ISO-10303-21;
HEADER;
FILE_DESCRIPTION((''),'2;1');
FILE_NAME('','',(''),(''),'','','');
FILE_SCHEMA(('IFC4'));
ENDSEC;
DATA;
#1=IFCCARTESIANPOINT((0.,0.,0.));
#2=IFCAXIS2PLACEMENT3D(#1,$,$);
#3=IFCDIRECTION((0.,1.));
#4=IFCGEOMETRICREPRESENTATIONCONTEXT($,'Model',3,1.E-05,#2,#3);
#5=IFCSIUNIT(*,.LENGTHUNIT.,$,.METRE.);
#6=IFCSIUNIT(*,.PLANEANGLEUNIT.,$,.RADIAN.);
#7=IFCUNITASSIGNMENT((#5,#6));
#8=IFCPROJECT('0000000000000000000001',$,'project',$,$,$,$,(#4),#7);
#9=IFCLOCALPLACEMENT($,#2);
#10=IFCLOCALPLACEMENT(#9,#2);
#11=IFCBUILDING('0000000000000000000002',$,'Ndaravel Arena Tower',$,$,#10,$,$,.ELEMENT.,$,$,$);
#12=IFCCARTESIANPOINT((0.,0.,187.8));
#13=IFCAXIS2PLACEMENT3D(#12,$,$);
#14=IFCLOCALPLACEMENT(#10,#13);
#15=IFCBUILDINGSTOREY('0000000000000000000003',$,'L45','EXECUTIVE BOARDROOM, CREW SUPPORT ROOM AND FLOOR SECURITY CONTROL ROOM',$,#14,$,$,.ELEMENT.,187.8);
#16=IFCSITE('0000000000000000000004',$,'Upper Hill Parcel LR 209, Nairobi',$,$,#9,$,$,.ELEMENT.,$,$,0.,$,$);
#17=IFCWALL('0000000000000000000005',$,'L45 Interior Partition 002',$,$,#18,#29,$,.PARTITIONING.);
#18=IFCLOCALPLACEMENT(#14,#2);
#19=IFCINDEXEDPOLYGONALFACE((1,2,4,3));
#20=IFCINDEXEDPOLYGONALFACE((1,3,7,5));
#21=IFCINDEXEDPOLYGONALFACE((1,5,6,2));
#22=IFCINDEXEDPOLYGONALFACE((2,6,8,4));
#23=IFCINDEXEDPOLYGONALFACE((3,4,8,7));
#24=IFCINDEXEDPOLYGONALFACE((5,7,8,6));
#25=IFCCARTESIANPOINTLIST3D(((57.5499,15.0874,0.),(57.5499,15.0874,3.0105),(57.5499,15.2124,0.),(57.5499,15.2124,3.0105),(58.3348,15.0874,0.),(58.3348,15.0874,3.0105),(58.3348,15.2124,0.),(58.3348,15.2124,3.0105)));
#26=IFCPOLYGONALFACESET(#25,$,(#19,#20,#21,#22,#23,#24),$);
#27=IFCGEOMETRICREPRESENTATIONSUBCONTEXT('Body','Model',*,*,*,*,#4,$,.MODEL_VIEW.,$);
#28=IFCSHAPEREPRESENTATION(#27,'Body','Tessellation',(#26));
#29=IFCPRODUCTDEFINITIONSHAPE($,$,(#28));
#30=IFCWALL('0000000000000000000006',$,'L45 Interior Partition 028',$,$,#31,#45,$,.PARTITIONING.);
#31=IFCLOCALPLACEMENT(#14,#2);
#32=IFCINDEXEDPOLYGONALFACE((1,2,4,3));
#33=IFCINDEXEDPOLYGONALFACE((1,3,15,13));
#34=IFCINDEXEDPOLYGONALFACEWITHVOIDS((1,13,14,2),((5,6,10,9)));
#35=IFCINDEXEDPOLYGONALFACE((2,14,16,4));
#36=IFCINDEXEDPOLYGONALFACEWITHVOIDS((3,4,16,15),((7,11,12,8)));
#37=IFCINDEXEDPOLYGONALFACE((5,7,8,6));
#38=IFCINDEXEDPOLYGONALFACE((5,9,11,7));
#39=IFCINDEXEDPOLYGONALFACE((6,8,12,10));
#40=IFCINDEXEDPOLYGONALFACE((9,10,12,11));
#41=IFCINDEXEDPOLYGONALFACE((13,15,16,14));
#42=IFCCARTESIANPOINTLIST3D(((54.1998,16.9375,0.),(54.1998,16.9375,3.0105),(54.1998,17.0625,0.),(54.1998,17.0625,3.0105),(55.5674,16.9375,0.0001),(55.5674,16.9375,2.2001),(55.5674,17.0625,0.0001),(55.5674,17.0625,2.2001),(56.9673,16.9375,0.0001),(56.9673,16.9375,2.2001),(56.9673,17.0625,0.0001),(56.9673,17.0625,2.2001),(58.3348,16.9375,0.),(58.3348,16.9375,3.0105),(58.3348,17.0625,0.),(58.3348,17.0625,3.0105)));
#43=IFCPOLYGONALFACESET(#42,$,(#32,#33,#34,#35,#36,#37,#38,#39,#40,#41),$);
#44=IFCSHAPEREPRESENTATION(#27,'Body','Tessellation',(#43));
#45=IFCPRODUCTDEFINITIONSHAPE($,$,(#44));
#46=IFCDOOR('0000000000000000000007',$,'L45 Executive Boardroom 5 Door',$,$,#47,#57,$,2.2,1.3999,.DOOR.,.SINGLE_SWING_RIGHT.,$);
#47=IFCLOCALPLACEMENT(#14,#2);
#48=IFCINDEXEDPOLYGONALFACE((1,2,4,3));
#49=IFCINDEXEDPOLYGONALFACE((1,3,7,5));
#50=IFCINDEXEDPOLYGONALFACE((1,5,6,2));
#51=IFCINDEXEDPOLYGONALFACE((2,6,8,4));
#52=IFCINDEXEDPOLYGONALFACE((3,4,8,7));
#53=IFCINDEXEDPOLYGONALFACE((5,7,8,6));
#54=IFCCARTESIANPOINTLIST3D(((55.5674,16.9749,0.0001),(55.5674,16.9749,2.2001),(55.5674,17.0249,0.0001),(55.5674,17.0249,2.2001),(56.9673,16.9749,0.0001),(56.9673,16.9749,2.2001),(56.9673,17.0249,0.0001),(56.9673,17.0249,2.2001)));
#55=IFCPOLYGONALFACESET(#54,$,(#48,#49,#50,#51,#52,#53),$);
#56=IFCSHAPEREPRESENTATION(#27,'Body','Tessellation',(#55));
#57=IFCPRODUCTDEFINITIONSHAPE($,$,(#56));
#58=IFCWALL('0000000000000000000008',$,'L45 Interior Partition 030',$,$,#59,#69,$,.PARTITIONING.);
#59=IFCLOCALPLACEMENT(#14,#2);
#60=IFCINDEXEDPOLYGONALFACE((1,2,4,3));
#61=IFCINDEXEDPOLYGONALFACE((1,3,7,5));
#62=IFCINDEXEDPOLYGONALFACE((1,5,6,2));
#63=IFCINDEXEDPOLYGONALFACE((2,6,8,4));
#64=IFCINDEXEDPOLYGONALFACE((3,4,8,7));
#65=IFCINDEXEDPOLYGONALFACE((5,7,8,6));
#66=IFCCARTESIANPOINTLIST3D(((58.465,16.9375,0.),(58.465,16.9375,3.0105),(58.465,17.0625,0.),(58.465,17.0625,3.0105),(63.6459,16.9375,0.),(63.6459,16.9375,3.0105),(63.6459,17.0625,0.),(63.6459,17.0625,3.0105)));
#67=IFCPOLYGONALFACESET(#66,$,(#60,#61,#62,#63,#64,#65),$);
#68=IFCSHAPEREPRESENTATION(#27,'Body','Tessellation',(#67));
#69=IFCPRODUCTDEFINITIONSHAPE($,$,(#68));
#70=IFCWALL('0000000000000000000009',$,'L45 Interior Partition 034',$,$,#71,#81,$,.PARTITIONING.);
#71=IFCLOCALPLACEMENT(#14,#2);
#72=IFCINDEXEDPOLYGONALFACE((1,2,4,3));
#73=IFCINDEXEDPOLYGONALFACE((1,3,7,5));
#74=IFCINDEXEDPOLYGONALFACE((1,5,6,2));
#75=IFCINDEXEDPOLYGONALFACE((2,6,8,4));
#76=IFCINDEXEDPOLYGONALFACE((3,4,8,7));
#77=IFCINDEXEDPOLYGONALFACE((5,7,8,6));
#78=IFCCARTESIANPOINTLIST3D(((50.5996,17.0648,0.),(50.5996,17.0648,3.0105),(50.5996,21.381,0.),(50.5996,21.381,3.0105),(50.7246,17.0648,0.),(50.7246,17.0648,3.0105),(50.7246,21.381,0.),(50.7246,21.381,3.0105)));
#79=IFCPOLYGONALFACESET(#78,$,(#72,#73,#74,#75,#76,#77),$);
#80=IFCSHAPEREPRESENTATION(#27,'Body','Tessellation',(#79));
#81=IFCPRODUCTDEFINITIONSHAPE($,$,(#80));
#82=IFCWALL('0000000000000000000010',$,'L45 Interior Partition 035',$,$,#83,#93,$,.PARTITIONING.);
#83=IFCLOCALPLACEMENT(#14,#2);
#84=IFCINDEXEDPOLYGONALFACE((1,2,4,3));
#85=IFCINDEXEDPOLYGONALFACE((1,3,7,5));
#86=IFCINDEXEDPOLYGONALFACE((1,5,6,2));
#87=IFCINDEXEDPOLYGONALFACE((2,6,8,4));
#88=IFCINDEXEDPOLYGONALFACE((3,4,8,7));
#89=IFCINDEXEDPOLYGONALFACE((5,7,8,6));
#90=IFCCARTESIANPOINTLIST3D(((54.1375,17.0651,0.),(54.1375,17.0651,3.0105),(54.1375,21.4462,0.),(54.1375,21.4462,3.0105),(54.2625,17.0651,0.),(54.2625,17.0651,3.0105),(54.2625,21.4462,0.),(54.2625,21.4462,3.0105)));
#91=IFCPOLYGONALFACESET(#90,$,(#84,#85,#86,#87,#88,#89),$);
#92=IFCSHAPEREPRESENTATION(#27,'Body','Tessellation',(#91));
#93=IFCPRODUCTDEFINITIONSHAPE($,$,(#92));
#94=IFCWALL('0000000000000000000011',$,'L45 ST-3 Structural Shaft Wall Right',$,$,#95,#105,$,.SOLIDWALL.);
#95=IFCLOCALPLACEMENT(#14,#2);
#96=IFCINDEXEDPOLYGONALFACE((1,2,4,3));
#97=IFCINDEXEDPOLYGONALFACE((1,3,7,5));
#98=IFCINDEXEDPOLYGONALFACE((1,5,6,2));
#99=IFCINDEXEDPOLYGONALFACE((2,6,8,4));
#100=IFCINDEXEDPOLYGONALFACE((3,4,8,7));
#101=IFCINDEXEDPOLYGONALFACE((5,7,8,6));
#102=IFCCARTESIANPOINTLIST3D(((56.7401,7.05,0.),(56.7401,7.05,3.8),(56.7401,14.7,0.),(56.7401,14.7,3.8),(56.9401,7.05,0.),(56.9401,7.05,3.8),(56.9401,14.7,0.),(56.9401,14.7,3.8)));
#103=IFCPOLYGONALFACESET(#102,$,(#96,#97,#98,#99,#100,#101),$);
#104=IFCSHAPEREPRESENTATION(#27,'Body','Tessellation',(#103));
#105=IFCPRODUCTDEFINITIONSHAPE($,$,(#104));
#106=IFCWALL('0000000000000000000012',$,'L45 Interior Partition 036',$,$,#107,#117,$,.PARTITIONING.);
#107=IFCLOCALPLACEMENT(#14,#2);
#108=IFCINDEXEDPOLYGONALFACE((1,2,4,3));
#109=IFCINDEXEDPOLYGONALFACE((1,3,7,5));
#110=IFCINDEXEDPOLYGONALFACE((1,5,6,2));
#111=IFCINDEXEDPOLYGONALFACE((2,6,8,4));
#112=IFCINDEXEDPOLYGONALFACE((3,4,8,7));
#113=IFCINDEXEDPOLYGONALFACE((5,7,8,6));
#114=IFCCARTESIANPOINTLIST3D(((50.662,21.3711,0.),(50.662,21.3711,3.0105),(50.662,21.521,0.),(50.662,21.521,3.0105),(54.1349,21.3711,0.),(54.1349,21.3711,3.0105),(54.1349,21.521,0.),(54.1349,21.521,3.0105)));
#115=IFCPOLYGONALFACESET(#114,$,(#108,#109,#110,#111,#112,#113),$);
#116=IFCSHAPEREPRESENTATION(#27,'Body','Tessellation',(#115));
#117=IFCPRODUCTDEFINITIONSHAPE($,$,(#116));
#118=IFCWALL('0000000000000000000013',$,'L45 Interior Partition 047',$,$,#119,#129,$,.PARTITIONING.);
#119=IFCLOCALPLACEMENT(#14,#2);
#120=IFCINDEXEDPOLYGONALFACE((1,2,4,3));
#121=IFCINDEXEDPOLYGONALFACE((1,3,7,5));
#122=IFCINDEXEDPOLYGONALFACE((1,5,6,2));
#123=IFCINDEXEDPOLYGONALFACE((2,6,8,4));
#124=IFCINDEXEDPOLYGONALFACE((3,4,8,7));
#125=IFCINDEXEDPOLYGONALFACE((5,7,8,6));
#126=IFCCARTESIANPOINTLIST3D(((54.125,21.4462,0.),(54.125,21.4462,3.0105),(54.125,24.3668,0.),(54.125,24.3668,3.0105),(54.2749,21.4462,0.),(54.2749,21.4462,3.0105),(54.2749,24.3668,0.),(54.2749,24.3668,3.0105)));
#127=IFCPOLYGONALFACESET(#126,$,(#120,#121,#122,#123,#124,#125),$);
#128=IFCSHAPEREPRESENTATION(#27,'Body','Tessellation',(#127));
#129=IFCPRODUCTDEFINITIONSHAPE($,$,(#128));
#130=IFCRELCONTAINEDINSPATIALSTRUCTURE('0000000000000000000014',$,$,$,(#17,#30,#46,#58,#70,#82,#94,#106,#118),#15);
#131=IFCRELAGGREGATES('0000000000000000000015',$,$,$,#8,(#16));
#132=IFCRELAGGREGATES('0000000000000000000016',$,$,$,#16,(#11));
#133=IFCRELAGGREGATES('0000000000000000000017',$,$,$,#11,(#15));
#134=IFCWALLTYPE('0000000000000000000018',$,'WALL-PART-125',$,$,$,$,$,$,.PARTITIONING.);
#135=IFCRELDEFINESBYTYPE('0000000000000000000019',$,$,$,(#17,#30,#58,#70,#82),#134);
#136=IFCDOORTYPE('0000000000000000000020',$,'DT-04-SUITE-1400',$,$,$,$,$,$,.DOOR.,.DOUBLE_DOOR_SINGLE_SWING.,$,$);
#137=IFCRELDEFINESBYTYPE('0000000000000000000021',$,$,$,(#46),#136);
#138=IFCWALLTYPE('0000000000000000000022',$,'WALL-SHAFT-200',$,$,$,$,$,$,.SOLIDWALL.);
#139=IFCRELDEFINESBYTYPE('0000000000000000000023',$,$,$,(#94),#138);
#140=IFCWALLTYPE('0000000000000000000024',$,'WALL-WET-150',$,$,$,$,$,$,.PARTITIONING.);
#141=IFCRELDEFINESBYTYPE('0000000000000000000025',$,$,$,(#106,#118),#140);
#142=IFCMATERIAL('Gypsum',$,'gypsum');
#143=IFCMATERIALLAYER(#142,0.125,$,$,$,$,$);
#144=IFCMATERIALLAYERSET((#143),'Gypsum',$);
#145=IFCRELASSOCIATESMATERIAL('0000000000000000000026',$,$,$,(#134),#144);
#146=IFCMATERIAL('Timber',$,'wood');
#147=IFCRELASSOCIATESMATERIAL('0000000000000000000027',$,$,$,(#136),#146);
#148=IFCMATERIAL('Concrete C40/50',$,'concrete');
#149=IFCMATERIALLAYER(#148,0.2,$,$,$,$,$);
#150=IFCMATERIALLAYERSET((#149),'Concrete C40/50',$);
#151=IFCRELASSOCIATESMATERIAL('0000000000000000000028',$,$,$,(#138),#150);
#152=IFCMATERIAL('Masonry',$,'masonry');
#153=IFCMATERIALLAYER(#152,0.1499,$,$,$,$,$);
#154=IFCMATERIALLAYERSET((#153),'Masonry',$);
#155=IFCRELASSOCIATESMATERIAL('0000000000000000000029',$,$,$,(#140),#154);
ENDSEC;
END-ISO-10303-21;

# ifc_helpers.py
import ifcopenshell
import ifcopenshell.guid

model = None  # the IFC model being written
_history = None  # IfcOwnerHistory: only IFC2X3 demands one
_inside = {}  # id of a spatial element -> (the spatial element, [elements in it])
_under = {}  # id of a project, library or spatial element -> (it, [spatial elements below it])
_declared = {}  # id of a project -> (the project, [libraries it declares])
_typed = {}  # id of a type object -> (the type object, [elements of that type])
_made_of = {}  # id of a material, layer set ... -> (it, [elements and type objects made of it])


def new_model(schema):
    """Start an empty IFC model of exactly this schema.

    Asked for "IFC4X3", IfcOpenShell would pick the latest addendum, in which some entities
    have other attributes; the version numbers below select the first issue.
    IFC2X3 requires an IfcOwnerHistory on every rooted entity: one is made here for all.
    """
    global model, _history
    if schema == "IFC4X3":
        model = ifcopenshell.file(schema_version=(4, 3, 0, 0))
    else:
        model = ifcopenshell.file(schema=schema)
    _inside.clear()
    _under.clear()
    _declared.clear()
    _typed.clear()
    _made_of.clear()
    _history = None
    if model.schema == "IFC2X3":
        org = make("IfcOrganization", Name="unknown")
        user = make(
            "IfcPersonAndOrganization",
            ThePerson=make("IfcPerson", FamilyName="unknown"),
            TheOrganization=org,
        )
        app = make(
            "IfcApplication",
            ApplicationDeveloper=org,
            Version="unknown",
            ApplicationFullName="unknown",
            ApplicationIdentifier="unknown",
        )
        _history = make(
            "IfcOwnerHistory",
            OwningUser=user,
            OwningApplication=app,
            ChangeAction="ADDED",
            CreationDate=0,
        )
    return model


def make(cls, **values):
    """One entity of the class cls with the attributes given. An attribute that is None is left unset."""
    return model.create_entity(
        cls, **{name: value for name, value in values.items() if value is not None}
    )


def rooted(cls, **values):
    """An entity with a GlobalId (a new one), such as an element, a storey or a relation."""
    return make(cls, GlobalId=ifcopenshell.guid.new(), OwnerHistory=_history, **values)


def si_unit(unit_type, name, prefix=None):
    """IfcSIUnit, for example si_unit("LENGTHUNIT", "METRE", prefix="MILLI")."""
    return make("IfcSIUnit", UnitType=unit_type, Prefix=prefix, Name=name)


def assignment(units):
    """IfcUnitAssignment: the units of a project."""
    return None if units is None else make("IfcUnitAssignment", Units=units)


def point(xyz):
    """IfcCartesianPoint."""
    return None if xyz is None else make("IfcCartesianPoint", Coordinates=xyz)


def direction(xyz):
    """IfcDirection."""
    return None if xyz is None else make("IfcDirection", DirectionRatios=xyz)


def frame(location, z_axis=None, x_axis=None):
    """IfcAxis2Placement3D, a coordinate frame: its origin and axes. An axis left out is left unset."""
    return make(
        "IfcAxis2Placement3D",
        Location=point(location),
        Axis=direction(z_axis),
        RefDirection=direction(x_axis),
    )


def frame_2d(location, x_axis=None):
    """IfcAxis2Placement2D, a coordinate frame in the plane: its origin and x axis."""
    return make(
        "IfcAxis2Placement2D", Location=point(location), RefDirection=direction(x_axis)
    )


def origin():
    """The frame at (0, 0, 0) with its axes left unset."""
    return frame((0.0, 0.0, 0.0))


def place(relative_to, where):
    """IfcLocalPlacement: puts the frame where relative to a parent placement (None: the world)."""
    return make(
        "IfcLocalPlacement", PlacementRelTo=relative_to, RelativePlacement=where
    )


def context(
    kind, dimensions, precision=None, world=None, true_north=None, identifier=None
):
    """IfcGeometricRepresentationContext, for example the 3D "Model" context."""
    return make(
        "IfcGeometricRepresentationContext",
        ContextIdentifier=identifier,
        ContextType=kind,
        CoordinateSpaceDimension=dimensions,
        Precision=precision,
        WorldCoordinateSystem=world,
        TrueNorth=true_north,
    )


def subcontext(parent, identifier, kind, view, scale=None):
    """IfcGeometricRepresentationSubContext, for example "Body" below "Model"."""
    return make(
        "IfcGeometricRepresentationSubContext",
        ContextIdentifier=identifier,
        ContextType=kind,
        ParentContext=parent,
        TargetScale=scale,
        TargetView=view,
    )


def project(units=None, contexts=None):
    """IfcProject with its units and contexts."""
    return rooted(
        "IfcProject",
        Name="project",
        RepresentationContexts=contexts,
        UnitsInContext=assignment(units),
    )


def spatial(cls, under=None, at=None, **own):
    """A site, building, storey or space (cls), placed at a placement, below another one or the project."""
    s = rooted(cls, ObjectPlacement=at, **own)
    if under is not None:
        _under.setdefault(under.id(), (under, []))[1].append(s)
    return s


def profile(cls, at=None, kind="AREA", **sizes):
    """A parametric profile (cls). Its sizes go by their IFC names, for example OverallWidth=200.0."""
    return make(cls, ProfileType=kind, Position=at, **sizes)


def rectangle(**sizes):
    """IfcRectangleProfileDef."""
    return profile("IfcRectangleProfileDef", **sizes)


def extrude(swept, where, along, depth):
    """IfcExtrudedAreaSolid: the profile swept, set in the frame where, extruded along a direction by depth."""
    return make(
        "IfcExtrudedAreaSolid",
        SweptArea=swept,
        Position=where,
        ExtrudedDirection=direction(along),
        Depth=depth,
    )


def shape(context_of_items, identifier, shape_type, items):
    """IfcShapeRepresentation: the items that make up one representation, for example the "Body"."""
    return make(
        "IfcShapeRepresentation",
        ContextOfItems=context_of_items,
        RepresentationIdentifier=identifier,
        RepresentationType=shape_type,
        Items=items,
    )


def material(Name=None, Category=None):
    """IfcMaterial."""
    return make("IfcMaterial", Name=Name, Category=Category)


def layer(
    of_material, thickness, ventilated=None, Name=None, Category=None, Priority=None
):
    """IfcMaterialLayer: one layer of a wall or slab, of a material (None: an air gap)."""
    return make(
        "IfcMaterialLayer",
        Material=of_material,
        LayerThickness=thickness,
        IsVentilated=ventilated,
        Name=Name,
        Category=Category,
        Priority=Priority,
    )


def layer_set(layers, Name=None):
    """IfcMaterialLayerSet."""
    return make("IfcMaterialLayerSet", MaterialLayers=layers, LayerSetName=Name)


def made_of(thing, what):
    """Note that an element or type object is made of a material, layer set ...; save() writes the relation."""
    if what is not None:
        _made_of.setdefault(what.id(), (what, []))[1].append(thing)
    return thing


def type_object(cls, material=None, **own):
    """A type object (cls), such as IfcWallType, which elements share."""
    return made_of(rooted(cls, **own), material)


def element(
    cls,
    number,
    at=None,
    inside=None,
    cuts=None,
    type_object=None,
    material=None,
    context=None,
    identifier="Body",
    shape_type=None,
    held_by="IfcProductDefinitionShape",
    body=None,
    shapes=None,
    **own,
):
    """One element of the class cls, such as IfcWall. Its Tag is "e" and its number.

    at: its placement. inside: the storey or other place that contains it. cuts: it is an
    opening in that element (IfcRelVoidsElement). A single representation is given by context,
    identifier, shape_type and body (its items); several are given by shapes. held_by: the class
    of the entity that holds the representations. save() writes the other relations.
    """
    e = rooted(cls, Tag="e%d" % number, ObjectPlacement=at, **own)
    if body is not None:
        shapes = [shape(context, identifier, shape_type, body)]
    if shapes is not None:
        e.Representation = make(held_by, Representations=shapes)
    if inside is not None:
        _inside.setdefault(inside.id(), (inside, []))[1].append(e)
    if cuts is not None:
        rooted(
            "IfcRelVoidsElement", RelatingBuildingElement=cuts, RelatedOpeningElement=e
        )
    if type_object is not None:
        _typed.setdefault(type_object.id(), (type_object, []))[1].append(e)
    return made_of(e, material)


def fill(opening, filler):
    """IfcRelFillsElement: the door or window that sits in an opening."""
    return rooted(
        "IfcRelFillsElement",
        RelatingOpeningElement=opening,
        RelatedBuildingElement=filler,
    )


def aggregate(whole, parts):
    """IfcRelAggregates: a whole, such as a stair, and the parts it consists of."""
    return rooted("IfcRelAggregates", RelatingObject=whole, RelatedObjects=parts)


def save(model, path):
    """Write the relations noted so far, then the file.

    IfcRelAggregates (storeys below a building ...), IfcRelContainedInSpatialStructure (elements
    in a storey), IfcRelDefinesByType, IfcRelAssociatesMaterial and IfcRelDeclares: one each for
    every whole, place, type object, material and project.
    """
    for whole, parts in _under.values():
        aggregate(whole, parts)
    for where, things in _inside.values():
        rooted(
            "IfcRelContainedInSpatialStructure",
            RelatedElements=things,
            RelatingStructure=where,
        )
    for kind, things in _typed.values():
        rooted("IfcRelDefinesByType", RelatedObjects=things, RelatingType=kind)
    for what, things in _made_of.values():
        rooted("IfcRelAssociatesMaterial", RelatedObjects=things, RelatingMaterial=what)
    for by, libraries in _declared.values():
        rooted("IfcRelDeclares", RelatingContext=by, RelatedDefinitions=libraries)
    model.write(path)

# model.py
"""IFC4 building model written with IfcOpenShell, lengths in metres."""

from ifc_helpers import new_model, si_unit, direction, frame, frame_2d, origin, place, context, subcontext, project, spatial, rectangle, extrude, material, layer, layer_set, type_object, element, fill, save


model = new_model("IFC4")

# Units and contexts
model_context = context("Model", 3, precision=1e-05, world=origin(), true_north=direction((0.0, 1.0)))
body_context = subcontext(model_context, "Body", "Model", "MODEL_VIEW")
ifc_project = project(units=[si_unit("LENGTHUNIT", "METRE"), si_unit("PLANEANGLEUNIT", "RADIAN")], contexts=[model_context])

# Site, building, storey
site_placement = place(None, origin())
site = spatial("IfcSite", under=ifc_project, at=site_placement, Name="Upper Hill Parcel LR 209, Nairobi", CompositionType="ELEMENT", RefElevation=0.0)
building_placement = place(site_placement, origin())
building = spatial("IfcBuilding", under=site, at=building_placement, Name="Ndaravel Arena Tower", CompositionType="ELEMENT")
storey_placement = place(building_placement, frame((0.0, 0.0, 187.8)))
storey = spatial("IfcBuildingStorey", under=building, at=storey_placement, Name="L45", Description="EXECUTIVE BOARDROOM, CREW SUPPORT ROOM AND FLOOR SECURITY CONTROL ROOM", CompositionType="ELEMENT", Elevation=187.8)

# Wall
ifc_material_1 = material(Name="Gypsum", Category="gypsum")
ifc_layer_1 = layer(ifc_material_1, 0.125)
ifc_layer_set_1 = layer_set([ifc_layer_1], Name="Gypsum")
wall_type_1 = type_object("IfcWallType", Name="WALL-PART-125", PredefinedType="PARTITIONING", material=ifc_layer_set_1)
wall_1_placement = place(storey_placement, frame((58.335, 15.1499, 0.0), z_axis=(0.0, 0.0, 1.0), x_axis=(-1.0, 0.0, 0.0)))
element("IfcWall", 1, at=wall_1_placement, inside=storey, type_object=wall_type_1, Name="L45 Interior Partition 002", PredefinedType="PARTITIONING", context=body_context, shape_type="SweptSolid", body=[
    extrude(rectangle(XDim=0.7849, YDim=0.125, at=frame_2d((0.3926, 0.0))), origin(), (0.0, 0.0, 1.0), 3.0105),
])

# Wall, opening, door
wall_2_placement = place(storey_placement, frame((54.2, 17.0, 0.0), z_axis=(0.0, 0.0, 1.0), x_axis=(1.0, 0.0, 0.0)))
wall_2 = element("IfcWall", 2, at=wall_2_placement, inside=storey, type_object=wall_type_1, Name="L45 Interior Partition 028", PredefinedType="PARTITIONING", context=body_context, shape_type="SweptSolid", body=[
    extrude(rectangle(XDim=4.135, YDim=0.125, at=frame_2d((2.0674, 0.0))), origin(), (0.0, 0.0, 1.0), 3.0105),
])
opening_1_placement = place(wall_2_placement, frame((1.3674, 0.0, 0.0)))
opening_1 = element("IfcOpeningElement", 3, at=opening_1_placement, cuts=wall_2, PredefinedType="OPENING", context=body_context, shape_type="SweptSolid", body=[
    extrude(rectangle(XDim=1.3999, YDim=2.2, at=frame_2d((0.7, 1.1001))), frame((0.0, 0.0625, 0.0), z_axis=(0.0, -1.0, 0.0), x_axis=(1.0, 0.0, 0.0)), (0.0, 0.0, 1.0), 0.125),
])
ifc_material_2 = material(Name="Timber", Category="wood")
door_type_1 = type_object("IfcDoorType", Name="DT-04-SUITE-1400", OperationType="DOUBLE_DOOR_SINGLE_SWING", PredefinedType="DOOR", material=ifc_material_2)
door_1_placement = place(opening_1_placement, origin())
door_1 = element("IfcDoor", 4, at=door_1_placement, inside=storey, type_object=door_type_1, Name="L45 Executive Boardroom 5 Door", OperationType="SINGLE_SWING_RIGHT", OverallHeight=2.2, OverallWidth=1.3999, PredefinedType="DOOR", context=body_context, shape_type="SweptSolid", body=[
    extrude(rectangle(XDim=1.3999, YDim=2.2, at=frame_2d((0.7, 1.1001))), frame((0.0, 0.0249, 0.0), z_axis=(0.0, -1.0, 0.0), x_axis=(1.0, 0.0, 0.0)), (0.0, 0.0, 1.0), 0.05),
])
fill(opening_1, door_1)

# Walls
wall_3_placement = place(storey_placement, frame((58.4651, 17.0, 0.0), z_axis=(0.0, 0.0, 1.0), x_axis=(1.0, 0.0, 0.0)))
element("IfcWall", 5, at=wall_3_placement, inside=storey, type_object=wall_type_1, Name="L45 Interior Partition 030", PredefinedType="PARTITIONING", context=body_context, shape_type="SweptSolid", body=[
    extrude(rectangle(XDim=5.1809, YDim=0.125, at=frame_2d((2.5903, 0.0))), origin(), (0.0, 0.0, 1.0), 3.0105),
])
wall_4_placement = place(storey_placement, frame((50.6621, 21.3811, 0.0), z_axis=(0.0, 0.0, 1.0), x_axis=(0.0, -1.0, 0.0)))
element("IfcWall", 6, at=wall_4_placement, inside=storey, type_object=wall_type_1, Name="L45 Interior Partition 034", PredefinedType="PARTITIONING", context=body_context, shape_type="SweptSolid", body=[
    extrude(rectangle(XDim=4.3162, YDim=0.125, at=frame_2d((2.1582, 0.0))), origin(), (0.0, 0.0, 1.0), 3.0105),
])
wall_5_placement = place(storey_placement, frame((54.2, 21.446, 0.0), z_axis=(0.0, 0.0, 1.0), x_axis=(0.0, -1.0, 0.0)))
element("IfcWall", 7, at=wall_5_placement, inside=storey, type_object=wall_type_1, Name="L45 Interior Partition 035", PredefinedType="PARTITIONING", context=body_context, shape_type="SweptSolid", body=[
    extrude(rectangle(XDim=4.3811, YDim=0.125, at=frame_2d((2.1904, 0.0))), origin(), (0.0, 0.0, 1.0), 3.0105),
])
ifc_material_3 = material(Name="Concrete C40/50", Category="concrete")
ifc_layer_2 = layer(ifc_material_3, 0.2)
ifc_layer_set_2 = layer_set([ifc_layer_2], Name="Concrete C40/50")
wall_type_2 = type_object("IfcWallType", Name="WALL-SHAFT-200", PredefinedType="SOLIDWALL", material=ifc_layer_set_2)
wall_6_placement = place(storey_placement, frame((56.8401, 14.7, 0.0), z_axis=(0.0, 0.0, 1.0), x_axis=(0.0, -1.0, 0.0)))
element("IfcWall", 8, at=wall_6_placement, inside=storey, type_object=wall_type_2, Name="L45 ST-3 Structural Shaft Wall Right", PredefinedType="SOLIDWALL", context=body_context, shape_type="SweptSolid", body=[
    extrude(rectangle(XDim=7.6499, YDim=0.2, at=frame_2d((3.825, 0.0))), origin(), (0.0, 0.0, 1.0), 3.8),
])
ifc_material_4 = material(Name="Masonry", Category="masonry")
ifc_layer_3 = layer(ifc_material_4, 0.1499)
ifc_layer_set_3 = layer_set([ifc_layer_3], Name="Masonry")
wall_type_3 = type_object("IfcWallType", Name="WALL-WET-150", PredefinedType="PARTITIONING", material=ifc_layer_set_3)
wall_7_placement = place(storey_placement, frame((50.6621, 21.446, 0.0), z_axis=(0.0, 0.0, 1.0), x_axis=(1.0, 0.0, 0.0)))
element("IfcWall", 9, at=wall_7_placement, inside=storey, type_object=wall_type_3, Name="L45 Interior Partition 036", PredefinedType="PARTITIONING", context=body_context, shape_type="SweptSolid", body=[
    extrude(rectangle(XDim=3.4729, YDim=0.1499, at=frame_2d((1.7363, 0.0))), origin(), (0.0, 0.0, 1.0), 3.0105),
])
wall_8_placement = place(storey_placement, frame((54.2, 21.446, 0.0), z_axis=(0.0, 0.0, 1.0), x_axis=(0.0, 1.0, 0.0)))
element("IfcWall", 10, at=wall_8_placement, inside=storey, type_object=wall_type_3, Name="L45 Interior Partition 047", PredefinedType="PARTITIONING", context=body_context, shape_type="SweptSolid", body=[
    extrude(rectangle(XDim=2.9207, YDim=0.1499, at=frame_2d((1.4604, 0.0))), origin(), (0.0, 0.0, 1.0), 3.0105),
])

save(model, "model.ifc")
